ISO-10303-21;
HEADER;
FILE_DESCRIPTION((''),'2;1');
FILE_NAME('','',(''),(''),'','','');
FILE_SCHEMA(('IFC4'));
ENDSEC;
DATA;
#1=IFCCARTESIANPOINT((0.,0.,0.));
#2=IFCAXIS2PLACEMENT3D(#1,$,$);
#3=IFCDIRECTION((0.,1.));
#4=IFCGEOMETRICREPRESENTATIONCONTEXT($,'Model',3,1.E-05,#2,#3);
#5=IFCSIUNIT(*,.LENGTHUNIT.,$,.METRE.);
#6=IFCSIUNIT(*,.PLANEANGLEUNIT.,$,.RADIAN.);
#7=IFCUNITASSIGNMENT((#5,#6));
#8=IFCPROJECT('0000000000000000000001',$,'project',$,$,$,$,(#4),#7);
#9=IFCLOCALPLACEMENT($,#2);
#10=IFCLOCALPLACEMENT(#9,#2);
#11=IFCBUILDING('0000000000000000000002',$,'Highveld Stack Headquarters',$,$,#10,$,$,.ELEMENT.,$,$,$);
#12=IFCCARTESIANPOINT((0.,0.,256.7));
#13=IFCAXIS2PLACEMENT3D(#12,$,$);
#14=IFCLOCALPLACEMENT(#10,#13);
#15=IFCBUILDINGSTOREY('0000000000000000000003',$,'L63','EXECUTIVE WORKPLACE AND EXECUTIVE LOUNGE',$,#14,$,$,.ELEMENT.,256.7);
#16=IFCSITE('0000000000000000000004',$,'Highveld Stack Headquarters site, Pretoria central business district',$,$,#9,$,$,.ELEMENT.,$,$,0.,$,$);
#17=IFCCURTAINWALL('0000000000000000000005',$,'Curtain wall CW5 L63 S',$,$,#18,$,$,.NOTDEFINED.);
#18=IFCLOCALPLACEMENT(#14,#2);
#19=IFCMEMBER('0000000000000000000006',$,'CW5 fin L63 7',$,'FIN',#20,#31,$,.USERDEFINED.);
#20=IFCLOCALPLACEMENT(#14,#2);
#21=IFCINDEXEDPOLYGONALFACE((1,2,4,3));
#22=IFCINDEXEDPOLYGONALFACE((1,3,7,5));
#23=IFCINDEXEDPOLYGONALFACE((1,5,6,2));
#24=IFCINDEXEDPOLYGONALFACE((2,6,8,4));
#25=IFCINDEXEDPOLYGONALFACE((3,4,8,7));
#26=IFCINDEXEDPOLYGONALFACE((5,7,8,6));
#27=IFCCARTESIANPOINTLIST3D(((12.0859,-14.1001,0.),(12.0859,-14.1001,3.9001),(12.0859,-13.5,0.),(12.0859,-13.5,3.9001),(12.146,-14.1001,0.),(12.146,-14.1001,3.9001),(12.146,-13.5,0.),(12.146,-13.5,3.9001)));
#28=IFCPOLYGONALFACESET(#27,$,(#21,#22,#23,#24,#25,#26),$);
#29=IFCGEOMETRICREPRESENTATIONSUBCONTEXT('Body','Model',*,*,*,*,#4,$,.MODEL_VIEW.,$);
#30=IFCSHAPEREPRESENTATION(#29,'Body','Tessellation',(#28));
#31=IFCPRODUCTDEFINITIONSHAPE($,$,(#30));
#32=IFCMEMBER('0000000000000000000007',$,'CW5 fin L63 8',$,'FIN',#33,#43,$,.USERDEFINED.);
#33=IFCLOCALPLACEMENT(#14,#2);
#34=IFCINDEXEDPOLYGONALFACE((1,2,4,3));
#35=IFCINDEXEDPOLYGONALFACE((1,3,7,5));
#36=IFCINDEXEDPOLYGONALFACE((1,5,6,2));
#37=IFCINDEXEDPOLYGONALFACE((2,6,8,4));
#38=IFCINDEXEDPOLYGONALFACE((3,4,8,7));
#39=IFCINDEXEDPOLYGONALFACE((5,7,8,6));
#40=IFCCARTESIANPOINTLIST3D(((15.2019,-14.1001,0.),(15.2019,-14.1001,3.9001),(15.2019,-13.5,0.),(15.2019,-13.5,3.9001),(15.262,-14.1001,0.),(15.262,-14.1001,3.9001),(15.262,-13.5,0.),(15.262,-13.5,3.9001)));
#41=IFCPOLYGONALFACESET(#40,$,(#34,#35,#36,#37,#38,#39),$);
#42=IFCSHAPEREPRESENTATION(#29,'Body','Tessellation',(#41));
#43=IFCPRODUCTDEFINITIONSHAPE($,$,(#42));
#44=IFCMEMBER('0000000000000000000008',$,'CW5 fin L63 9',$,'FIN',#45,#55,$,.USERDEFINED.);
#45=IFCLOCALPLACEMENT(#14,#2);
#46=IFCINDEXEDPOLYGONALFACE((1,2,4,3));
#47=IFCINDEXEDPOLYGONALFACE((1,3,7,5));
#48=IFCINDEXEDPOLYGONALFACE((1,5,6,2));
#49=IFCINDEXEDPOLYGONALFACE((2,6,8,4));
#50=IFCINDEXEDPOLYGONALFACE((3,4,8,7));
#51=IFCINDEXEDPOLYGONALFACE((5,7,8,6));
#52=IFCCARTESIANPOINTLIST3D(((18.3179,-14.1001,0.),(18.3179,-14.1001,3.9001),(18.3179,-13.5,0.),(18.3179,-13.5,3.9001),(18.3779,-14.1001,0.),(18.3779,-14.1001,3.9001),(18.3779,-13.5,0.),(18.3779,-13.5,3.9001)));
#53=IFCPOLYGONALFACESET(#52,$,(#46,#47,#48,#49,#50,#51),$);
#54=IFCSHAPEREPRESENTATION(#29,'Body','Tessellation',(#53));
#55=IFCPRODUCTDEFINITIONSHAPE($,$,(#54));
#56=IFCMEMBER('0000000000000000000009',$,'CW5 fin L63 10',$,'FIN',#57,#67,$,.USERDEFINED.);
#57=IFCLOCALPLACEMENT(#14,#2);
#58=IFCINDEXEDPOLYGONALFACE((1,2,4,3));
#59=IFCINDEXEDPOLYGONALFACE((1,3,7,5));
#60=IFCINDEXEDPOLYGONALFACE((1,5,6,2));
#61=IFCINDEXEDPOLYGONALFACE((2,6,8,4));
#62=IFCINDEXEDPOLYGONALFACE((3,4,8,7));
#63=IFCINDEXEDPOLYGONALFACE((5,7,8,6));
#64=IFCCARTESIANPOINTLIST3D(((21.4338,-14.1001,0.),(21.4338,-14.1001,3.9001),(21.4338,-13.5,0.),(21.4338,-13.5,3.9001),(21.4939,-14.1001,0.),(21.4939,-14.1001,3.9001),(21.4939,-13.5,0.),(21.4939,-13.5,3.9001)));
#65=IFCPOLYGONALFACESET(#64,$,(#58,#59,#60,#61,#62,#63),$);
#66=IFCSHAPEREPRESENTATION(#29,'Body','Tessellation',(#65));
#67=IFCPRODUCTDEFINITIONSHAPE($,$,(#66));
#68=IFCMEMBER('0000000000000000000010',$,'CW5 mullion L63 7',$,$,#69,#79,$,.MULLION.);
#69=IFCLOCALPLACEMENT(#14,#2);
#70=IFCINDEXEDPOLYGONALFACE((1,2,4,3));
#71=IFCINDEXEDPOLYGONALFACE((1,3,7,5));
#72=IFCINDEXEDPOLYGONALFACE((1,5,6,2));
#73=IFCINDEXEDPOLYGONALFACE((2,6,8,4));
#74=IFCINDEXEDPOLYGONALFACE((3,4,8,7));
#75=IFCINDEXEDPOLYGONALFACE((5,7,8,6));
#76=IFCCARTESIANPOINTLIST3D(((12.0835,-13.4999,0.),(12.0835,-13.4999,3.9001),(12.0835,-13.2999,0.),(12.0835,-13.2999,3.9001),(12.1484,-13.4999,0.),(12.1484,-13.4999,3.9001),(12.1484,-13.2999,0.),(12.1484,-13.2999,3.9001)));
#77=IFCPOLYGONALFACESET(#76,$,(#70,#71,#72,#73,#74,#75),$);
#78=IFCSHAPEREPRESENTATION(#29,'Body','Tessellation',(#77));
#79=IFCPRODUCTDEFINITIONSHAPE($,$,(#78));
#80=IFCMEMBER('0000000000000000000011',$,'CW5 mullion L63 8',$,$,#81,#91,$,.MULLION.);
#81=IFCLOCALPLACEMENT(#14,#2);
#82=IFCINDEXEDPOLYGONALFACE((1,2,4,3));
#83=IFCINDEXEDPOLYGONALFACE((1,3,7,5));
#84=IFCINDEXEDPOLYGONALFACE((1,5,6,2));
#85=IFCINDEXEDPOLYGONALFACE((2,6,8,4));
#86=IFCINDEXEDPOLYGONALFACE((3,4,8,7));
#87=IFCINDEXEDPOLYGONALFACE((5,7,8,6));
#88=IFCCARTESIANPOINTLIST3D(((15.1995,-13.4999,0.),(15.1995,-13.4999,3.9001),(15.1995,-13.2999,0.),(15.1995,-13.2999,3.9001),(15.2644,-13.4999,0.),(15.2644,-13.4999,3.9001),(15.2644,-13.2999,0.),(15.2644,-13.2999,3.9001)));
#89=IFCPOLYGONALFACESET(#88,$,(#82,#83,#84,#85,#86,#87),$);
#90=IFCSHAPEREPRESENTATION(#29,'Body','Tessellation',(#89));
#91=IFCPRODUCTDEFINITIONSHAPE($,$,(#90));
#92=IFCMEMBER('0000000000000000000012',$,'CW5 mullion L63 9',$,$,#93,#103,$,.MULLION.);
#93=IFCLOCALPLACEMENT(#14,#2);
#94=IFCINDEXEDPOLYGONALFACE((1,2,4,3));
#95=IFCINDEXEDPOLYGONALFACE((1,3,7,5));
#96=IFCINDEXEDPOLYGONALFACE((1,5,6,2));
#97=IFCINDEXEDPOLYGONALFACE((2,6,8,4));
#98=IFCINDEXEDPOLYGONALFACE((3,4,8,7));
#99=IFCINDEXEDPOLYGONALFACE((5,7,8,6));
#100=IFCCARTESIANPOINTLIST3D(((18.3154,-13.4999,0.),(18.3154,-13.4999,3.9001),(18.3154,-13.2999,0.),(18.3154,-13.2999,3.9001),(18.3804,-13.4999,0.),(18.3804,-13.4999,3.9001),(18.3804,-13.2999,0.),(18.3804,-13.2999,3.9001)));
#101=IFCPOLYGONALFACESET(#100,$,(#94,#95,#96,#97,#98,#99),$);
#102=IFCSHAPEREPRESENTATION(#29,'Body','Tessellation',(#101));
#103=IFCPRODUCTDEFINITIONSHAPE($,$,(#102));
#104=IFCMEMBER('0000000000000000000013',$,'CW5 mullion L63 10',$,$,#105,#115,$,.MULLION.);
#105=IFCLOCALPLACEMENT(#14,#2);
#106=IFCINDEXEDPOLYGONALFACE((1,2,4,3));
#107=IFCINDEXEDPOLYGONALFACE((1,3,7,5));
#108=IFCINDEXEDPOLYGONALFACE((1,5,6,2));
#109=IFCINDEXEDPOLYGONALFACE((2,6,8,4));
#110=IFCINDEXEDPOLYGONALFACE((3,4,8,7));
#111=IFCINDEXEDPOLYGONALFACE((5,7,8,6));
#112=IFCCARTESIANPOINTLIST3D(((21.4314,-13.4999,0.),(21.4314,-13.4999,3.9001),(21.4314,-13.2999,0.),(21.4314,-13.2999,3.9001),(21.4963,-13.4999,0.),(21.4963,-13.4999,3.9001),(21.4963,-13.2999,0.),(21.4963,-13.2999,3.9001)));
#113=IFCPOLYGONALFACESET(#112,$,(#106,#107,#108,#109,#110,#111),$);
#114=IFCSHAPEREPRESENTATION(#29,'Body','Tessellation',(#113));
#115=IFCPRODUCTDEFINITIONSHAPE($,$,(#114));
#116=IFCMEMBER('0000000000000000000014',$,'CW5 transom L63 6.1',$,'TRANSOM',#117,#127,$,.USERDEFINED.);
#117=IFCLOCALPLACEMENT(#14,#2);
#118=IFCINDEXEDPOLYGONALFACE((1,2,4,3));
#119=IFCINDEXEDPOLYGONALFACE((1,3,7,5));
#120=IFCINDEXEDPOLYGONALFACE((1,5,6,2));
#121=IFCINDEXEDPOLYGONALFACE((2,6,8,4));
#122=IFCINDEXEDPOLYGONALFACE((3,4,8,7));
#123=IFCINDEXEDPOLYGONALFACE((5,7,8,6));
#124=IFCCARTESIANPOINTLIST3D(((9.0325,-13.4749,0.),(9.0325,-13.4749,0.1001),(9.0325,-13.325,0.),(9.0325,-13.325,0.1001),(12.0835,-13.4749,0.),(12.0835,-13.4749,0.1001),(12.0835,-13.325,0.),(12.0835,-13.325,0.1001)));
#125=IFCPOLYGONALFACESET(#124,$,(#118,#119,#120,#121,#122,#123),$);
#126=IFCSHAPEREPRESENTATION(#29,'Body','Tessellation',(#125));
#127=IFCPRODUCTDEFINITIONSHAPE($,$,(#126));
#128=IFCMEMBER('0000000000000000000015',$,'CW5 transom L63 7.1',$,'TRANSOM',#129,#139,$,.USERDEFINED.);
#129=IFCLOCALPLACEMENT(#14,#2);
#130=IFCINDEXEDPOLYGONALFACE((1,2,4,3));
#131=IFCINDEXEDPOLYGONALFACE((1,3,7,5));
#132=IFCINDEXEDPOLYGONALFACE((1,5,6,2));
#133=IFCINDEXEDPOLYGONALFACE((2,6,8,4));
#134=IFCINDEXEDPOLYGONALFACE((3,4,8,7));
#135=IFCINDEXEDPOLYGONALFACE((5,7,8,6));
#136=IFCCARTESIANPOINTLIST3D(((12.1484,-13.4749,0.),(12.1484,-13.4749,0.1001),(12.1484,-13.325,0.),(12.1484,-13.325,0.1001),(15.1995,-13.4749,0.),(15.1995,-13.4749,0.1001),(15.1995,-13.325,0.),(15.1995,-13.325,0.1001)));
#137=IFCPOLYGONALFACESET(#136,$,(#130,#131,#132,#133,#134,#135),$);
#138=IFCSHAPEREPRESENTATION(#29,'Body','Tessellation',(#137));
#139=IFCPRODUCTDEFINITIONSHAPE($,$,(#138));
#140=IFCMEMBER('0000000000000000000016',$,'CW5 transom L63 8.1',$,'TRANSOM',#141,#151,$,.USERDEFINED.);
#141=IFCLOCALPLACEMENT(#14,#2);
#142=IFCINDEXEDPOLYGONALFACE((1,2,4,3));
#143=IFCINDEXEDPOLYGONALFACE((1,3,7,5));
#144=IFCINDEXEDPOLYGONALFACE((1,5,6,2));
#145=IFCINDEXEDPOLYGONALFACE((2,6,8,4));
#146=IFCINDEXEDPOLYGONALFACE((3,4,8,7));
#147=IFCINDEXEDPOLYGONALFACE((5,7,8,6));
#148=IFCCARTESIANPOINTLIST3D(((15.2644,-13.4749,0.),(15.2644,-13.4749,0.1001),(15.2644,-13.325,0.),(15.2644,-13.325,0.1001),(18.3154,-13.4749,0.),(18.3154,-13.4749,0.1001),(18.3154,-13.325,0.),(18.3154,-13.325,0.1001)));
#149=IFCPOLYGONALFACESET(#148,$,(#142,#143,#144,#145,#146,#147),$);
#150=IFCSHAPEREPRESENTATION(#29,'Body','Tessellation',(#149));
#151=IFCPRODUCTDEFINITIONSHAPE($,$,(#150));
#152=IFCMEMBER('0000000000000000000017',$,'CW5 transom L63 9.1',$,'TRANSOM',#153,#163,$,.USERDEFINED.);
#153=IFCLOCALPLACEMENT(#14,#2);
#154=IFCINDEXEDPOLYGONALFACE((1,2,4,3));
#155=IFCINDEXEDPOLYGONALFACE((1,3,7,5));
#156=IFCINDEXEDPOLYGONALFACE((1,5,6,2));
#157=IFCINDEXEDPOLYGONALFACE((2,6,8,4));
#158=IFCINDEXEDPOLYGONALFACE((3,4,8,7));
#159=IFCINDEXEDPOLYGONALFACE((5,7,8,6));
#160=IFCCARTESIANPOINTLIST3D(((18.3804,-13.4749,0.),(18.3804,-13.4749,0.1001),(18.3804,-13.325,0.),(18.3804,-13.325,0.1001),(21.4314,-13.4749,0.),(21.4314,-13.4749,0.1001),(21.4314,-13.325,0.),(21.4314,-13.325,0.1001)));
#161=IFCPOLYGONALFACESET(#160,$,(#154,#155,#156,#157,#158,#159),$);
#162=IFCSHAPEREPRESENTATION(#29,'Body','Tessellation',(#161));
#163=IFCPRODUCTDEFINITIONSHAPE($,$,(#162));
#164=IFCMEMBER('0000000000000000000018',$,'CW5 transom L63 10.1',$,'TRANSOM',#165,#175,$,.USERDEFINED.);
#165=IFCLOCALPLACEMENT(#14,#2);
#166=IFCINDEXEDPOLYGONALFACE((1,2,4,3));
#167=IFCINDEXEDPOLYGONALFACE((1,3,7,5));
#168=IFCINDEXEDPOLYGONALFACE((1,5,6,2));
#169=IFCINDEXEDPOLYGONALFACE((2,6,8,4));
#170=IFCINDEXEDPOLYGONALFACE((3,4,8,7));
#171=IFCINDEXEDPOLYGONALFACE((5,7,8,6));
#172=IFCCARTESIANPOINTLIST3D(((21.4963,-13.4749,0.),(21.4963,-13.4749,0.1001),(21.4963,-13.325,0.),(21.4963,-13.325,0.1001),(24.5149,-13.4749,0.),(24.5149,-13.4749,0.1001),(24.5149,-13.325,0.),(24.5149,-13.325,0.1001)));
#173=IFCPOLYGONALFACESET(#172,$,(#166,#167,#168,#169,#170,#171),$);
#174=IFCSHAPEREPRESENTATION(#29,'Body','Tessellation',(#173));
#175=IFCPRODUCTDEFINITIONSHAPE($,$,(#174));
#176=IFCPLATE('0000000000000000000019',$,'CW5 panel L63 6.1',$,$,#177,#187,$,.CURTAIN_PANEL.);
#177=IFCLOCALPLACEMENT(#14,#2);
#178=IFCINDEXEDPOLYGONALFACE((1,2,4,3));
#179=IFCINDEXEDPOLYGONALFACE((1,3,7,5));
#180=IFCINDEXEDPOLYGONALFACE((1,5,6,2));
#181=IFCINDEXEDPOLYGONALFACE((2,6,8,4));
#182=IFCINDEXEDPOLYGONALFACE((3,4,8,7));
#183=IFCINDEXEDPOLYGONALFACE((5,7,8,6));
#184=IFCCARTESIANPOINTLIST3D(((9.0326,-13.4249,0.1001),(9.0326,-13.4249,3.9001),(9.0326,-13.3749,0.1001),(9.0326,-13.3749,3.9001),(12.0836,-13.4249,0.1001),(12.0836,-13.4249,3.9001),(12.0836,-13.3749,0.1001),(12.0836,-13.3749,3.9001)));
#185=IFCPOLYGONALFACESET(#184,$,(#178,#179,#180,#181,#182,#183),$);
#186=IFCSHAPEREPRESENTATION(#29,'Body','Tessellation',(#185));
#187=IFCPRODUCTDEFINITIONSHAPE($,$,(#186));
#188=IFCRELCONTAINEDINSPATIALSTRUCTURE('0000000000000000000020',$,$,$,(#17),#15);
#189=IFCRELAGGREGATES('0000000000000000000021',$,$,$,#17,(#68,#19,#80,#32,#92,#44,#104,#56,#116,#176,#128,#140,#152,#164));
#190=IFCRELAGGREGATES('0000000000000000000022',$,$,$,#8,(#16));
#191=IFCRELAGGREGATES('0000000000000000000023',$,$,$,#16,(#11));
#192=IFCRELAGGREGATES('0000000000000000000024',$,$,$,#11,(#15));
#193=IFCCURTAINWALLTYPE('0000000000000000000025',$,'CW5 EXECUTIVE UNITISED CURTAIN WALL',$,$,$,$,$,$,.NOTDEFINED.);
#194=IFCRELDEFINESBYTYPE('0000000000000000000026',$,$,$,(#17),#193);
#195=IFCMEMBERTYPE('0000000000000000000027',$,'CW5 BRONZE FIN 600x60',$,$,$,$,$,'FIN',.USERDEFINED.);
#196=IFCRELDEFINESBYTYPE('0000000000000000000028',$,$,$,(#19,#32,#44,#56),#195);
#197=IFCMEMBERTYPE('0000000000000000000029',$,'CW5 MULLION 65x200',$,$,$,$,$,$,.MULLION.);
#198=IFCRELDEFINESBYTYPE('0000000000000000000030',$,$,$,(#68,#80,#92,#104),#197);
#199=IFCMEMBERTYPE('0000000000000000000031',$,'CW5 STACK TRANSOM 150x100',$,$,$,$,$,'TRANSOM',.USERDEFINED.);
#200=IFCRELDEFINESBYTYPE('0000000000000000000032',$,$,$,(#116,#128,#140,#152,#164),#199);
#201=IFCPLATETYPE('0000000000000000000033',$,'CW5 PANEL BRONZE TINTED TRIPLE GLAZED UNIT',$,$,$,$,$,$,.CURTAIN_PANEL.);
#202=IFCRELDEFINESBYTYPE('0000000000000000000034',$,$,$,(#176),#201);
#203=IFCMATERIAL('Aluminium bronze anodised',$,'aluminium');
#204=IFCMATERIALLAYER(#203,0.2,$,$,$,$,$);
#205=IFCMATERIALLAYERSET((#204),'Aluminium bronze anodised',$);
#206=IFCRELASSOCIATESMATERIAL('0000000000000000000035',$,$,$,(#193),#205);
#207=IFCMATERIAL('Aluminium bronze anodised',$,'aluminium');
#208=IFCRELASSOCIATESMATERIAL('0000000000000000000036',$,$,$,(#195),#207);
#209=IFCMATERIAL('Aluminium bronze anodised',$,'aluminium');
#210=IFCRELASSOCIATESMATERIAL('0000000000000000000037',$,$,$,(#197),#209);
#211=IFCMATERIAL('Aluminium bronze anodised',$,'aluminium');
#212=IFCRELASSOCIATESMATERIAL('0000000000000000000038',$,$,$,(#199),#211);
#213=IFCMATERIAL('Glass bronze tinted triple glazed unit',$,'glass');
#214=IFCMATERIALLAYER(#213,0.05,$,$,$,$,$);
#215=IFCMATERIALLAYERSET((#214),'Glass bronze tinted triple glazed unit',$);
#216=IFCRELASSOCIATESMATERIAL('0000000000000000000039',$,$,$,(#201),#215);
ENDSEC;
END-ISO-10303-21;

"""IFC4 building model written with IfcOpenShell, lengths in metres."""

from ifc_helpers import new_model, si_unit, direction, frame, origin, origin_2d, place, context, subcontext, project, spatial, rectangle, extrude, material, layer, layer_set, material_profile, profile_set, type_object, element, aggregate, save


model = new_model("IFC4")

# Units and contexts
model_context = context("Model", 3, precision=1e-05, world=origin(), true_north=direction((0.0, 1.0)))
body_context = subcontext(model_context, "Body", "Model", "MODEL_VIEW")
ifc_project = project(units=[si_unit("LENGTHUNIT", "METRE"), si_unit("PLANEANGLEUNIT", "RADIAN")], contexts=[model_context])

# Site, building, storey
site_placement = place(None, origin())
site = spatial("IfcSite", under=ifc_project, at=site_placement, Name="Highveld Stack Headquarters site, Pretoria central business district", CompositionType="ELEMENT", RefElevation=0.0)
building_placement = place(site_placement, origin())
building = spatial("IfcBuilding", under=site, at=building_placement, Name="Highveld Stack Headquarters", CompositionType="ELEMENT")
storey_placement = place(building_placement, frame((0.0, 0.0, 256.7)))
storey = spatial("IfcBuildingStorey", under=building, at=storey_placement, Name="L63", Description="EXECUTIVE WORKPLACE AND EXECUTIVE LOUNGE", CompositionType="ELEMENT", Elevation=256.7)

# Curtain wall, members, plate
ifc_material_1 = material(Name="Aluminium bronze anodised", Category="aluminium")
ifc_layer_1 = layer(ifc_material_1, 0.2)
ifc_layer_set_1 = layer_set([ifc_layer_1], Name="Aluminium bronze anodised")
curtain_wall_type = type_object("IfcCurtainWallType", Name="CW5 EXECUTIVE UNITISED CURTAIN WALL", PredefinedType="NOTDEFINED", material=ifc_layer_set_1)
curtain_wall_placement = place(storey_placement, origin())
curtain_wall = element("IfcCurtainWall", 1, at=curtain_wall_placement, inside=storey, type_object=curtain_wall_type, Name="Curtain wall CW5 L63 S", PredefinedType="NOTDEFINED")
ifc_material_2 = material(Name="Aluminium bronze anodised", Category="aluminium")
ifc_material_profile_1 = material_profile(ifc_material_2, rectangle(XDim=0.6001, YDim=0.0601, at=origin_2d()), Name="FIN 600x60")
ifc_profile_set_1 = profile_set([ifc_material_profile_1], Name="Aluminium bronze anodised")
member_type_1 = type_object("IfcMemberType", Name="CW5 BRONZE FIN 600x60", ElementType="FIN", PredefinedType="USERDEFINED", material=ifc_profile_set_1)
member_1_placement = place(storey_placement, frame((12.116, -13.8, 0.0), z_axis=(0.0, 0.0, 1.0), x_axis=(0.0, 1.0, 0.0)))
member_1 = element("IfcMember", 2, at=member_1_placement, type_object=member_type_1, Name="CW5 fin L63 7", ObjectType="FIN", PredefinedType="USERDEFINED", context=body_context, shape_type="SweptSolid", body=[
    extrude(rectangle(XDim=0.6001, YDim=0.0601, at=origin_2d()), origin(), (0.0, 0.0, 1.0), 3.9001),
])
member_2_placement = place(storey_placement, frame((15.2319, -13.8, 0.0), z_axis=(0.0, 0.0, 1.0), x_axis=(0.0, 1.0, 0.0)))
member_2 = element("IfcMember", 3, at=member_2_placement, type_object=member_type_1, Name="CW5 fin L63 8", ObjectType="FIN", PredefinedType="USERDEFINED", context=body_context, shape_type="SweptSolid", body=[
    extrude(rectangle(XDim=0.6001, YDim=0.0601, at=origin_2d()), origin(), (0.0, 0.0, 1.0), 3.9001),
])
member_3_placement = place(storey_placement, frame((18.3479, -13.8, 0.0), z_axis=(0.0, 0.0, 1.0), x_axis=(0.0, 1.0, 0.0)))
member_3 = element("IfcMember", 4, at=member_3_placement, type_object=member_type_1, Name="CW5 fin L63 9", ObjectType="FIN", PredefinedType="USERDEFINED", context=body_context, shape_type="SweptSolid", body=[
    extrude(rectangle(XDim=0.6001, YDim=0.0601, at=origin_2d()), origin(), (0.0, 0.0, 1.0), 3.9001),
])
member_4_placement = place(storey_placement, frame((21.4639, -13.8, 0.0), z_axis=(0.0, 0.0, 1.0), x_axis=(0.0, 1.0, 0.0)))
member_4 = element("IfcMember", 5, at=member_4_placement, type_object=member_type_1, Name="CW5 fin L63 10", ObjectType="FIN", PredefinedType="USERDEFINED", context=body_context, shape_type="SweptSolid", body=[
    extrude(rectangle(XDim=0.6001, YDim=0.0601, at=origin_2d()), origin(), (0.0, 0.0, 1.0), 3.9001),
])
ifc_material_3 = material(Name="Aluminium bronze anodised", Category="aluminium")
ifc_material_profile_2 = material_profile(ifc_material_3, rectangle(XDim=0.2, YDim=0.0649, at=origin_2d()), Name="CW5 MULLION 65x200")
ifc_profile_set_2 = profile_set([ifc_material_profile_2], Name="Aluminium bronze anodised")
member_type_2 = type_object("IfcMemberType", Name="CW5 MULLION 65x200", PredefinedType="MULLION", material=ifc_profile_set_2)
member_5_placement = place(storey_placement, frame((12.116, -13.3999, 0.0), z_axis=(0.0, 0.0, 1.0), x_axis=(0.0, 1.0, 0.0)))
member_5 = element("IfcMember", 6, at=member_5_placement, type_object=member_type_2, Name="CW5 mullion L63 7", PredefinedType="MULLION", context=body_context, shape_type="SweptSolid", body=[
    extrude(rectangle(XDim=0.2, YDim=0.0649, at=origin_2d()), origin(), (0.0, 0.0, 1.0), 3.9001),
])
member_6_placement = place(storey_placement, frame((15.2319, -13.3999, 0.0), z_axis=(0.0, 0.0, 1.0), x_axis=(0.0, 1.0, 0.0)))
member_6 = element("IfcMember", 7, at=member_6_placement, type_object=member_type_2, Name="CW5 mullion L63 8", PredefinedType="MULLION", context=body_context, shape_type="SweptSolid", body=[
    extrude(rectangle(XDim=0.2, YDim=0.0649, at=origin_2d()), origin(), (0.0, 0.0, 1.0), 3.9001),
])
member_7_placement = place(storey_placement, frame((18.3479, -13.3999, 0.0), z_axis=(0.0, 0.0, 1.0), x_axis=(0.0, 1.0, 0.0)))
member_7 = element("IfcMember", 8, at=member_7_placement, type_object=member_type_2, Name="CW5 mullion L63 9", PredefinedType="MULLION", context=body_context, shape_type="SweptSolid", body=[
    extrude(rectangle(XDim=0.2, YDim=0.0649, at=origin_2d()), origin(), (0.0, 0.0, 1.0), 3.9001),
])
member_8_placement = place(storey_placement, frame((21.4639, -13.3999, 0.0), z_axis=(0.0, 0.0, 1.0), x_axis=(0.0, 1.0, 0.0)))
member_8 = element("IfcMember", 9, at=member_8_placement, type_object=member_type_2, Name="CW5 mullion L63 10", PredefinedType="MULLION", context=body_context, shape_type="SweptSolid", body=[
    extrude(rectangle(XDim=0.2, YDim=0.0649, at=origin_2d()), origin(), (0.0, 0.0, 1.0), 3.9001),
])
ifc_material_4 = material(Name="Aluminium bronze anodised", Category="aluminium")
ifc_material_profile_3 = material_profile(ifc_material_4, rectangle(XDim=0.1499, YDim=0.1001, at=origin_2d()), Name="CW5 TRANSOM 150x100")
ifc_profile_set_3 = profile_set([ifc_material_profile_3], Name="Aluminium bronze anodised")
member_type_3 = type_object("IfcMemberType", Name="CW5 STACK TRANSOM 150x100", ElementType="TRANSOM", PredefinedType="USERDEFINED", material=ifc_profile_set_3)
member_9_placement = place(storey_placement, frame((9.0325, -13.3999, 0.05), z_axis=(1.0, 0.0, 0.0), x_axis=(0.0, 1.0, 0.0)))
member_9 = element("IfcMember", 10, at=member_9_placement, type_object=member_type_3, Name="CW5 transom L63 6.1", ObjectType="TRANSOM", PredefinedType="USERDEFINED", context=body_context, shape_type="SweptSolid", body=[
    extrude(rectangle(XDim=0.1499, YDim=0.1001, at=origin_2d()), origin(), (0.0, 0.0, 1.0), 3.051),
])
member_10_placement = place(storey_placement, frame((12.1484, -13.3999, 0.05), z_axis=(1.0, 0.0, 0.0), x_axis=(0.0, 1.0, 0.0)))
member_10 = element("IfcMember", 11, at=member_10_placement, type_object=member_type_3, Name="CW5 transom L63 7.1", ObjectType="TRANSOM", PredefinedType="USERDEFINED", context=body_context, shape_type="SweptSolid", body=[
    extrude(rectangle(XDim=0.1499, YDim=0.1001, at=origin_2d()), origin(), (0.0, 0.0, 1.0), 3.051),
])
member_11_placement = place(storey_placement, frame((15.2644, -13.3999, 0.05), z_axis=(1.0, 0.0, 0.0), x_axis=(0.0, 1.0, 0.0)))
member_11 = element("IfcMember", 12, at=member_11_placement, type_object=member_type_3, Name="CW5 transom L63 8.1", ObjectType="TRANSOM", PredefinedType="USERDEFINED", context=body_context, shape_type="SweptSolid", body=[
    extrude(rectangle(XDim=0.1499, YDim=0.1001, at=origin_2d()), origin(), (0.0, 0.0, 1.0), 3.051),
])
member_12_placement = place(storey_placement, frame((18.3804, -13.3999, 0.05), z_axis=(1.0, 0.0, 0.0), x_axis=(0.0, 1.0, 0.0)))
member_12 = element("IfcMember", 13, at=member_12_placement, type_object=member_type_3, Name="CW5 transom L63 9.1", ObjectType="TRANSOM", PredefinedType="USERDEFINED", context=body_context, shape_type="SweptSolid", body=[
    extrude(rectangle(XDim=0.1499, YDim=0.1001, at=origin_2d()), origin(), (0.0, 0.0, 1.0), 3.051),
])
member_13_placement = place(storey_placement, frame((21.4963, -13.3999, 0.05), z_axis=(1.0, 0.0, 0.0), x_axis=(0.0, 1.0, 0.0)))
member_13 = element("IfcMember", 14, at=member_13_placement, type_object=member_type_3, Name="CW5 transom L63 10.1", ObjectType="TRANSOM", PredefinedType="USERDEFINED", context=body_context, shape_type="SweptSolid", body=[
    extrude(rectangle(XDim=0.1499, YDim=0.1001, at=origin_2d()), origin(), (0.0, 0.0, 1.0), 3.0186),
])
ifc_material_5 = material(Name="Glass bronze tinted triple glazed unit", Category="glass")
ifc_layer_2 = layer(ifc_material_5, 0.05)
ifc_layer_set_2 = layer_set([ifc_layer_2], Name="Glass bronze tinted triple glazed unit")
plate_type = type_object("IfcPlateType", Name="CW5 PANEL BRONZE TINTED TRIPLE GLAZED UNIT", PredefinedType="CURTAIN_PANEL", material=ifc_layer_set_2)
plate_1_placement = place(storey_placement, frame((10.5581, -13.3999, 0.1001), z_axis=(0.0, 0.0, 1.0), x_axis=(1.0, 0.0, 0.0)))
plate_1 = element("IfcPlate", 15, at=plate_1_placement, type_object=plate_type, Name="CW5 panel L63 6.1", PredefinedType="CURTAIN_PANEL", context=body_context, shape_type="SweptSolid", body=[
    extrude(rectangle(XDim=3.051, YDim=0.05, at=origin_2d()), origin(), (0.0, 0.0, 1.0), 3.8),
])
aggregate(curtain_wall, [member_5, member_1, member_6, member_2, member_7, member_3, member_8, member_4, member_9, plate_1, member_10, member_11, member_12, member_13])

save(model, "model.ifc")
